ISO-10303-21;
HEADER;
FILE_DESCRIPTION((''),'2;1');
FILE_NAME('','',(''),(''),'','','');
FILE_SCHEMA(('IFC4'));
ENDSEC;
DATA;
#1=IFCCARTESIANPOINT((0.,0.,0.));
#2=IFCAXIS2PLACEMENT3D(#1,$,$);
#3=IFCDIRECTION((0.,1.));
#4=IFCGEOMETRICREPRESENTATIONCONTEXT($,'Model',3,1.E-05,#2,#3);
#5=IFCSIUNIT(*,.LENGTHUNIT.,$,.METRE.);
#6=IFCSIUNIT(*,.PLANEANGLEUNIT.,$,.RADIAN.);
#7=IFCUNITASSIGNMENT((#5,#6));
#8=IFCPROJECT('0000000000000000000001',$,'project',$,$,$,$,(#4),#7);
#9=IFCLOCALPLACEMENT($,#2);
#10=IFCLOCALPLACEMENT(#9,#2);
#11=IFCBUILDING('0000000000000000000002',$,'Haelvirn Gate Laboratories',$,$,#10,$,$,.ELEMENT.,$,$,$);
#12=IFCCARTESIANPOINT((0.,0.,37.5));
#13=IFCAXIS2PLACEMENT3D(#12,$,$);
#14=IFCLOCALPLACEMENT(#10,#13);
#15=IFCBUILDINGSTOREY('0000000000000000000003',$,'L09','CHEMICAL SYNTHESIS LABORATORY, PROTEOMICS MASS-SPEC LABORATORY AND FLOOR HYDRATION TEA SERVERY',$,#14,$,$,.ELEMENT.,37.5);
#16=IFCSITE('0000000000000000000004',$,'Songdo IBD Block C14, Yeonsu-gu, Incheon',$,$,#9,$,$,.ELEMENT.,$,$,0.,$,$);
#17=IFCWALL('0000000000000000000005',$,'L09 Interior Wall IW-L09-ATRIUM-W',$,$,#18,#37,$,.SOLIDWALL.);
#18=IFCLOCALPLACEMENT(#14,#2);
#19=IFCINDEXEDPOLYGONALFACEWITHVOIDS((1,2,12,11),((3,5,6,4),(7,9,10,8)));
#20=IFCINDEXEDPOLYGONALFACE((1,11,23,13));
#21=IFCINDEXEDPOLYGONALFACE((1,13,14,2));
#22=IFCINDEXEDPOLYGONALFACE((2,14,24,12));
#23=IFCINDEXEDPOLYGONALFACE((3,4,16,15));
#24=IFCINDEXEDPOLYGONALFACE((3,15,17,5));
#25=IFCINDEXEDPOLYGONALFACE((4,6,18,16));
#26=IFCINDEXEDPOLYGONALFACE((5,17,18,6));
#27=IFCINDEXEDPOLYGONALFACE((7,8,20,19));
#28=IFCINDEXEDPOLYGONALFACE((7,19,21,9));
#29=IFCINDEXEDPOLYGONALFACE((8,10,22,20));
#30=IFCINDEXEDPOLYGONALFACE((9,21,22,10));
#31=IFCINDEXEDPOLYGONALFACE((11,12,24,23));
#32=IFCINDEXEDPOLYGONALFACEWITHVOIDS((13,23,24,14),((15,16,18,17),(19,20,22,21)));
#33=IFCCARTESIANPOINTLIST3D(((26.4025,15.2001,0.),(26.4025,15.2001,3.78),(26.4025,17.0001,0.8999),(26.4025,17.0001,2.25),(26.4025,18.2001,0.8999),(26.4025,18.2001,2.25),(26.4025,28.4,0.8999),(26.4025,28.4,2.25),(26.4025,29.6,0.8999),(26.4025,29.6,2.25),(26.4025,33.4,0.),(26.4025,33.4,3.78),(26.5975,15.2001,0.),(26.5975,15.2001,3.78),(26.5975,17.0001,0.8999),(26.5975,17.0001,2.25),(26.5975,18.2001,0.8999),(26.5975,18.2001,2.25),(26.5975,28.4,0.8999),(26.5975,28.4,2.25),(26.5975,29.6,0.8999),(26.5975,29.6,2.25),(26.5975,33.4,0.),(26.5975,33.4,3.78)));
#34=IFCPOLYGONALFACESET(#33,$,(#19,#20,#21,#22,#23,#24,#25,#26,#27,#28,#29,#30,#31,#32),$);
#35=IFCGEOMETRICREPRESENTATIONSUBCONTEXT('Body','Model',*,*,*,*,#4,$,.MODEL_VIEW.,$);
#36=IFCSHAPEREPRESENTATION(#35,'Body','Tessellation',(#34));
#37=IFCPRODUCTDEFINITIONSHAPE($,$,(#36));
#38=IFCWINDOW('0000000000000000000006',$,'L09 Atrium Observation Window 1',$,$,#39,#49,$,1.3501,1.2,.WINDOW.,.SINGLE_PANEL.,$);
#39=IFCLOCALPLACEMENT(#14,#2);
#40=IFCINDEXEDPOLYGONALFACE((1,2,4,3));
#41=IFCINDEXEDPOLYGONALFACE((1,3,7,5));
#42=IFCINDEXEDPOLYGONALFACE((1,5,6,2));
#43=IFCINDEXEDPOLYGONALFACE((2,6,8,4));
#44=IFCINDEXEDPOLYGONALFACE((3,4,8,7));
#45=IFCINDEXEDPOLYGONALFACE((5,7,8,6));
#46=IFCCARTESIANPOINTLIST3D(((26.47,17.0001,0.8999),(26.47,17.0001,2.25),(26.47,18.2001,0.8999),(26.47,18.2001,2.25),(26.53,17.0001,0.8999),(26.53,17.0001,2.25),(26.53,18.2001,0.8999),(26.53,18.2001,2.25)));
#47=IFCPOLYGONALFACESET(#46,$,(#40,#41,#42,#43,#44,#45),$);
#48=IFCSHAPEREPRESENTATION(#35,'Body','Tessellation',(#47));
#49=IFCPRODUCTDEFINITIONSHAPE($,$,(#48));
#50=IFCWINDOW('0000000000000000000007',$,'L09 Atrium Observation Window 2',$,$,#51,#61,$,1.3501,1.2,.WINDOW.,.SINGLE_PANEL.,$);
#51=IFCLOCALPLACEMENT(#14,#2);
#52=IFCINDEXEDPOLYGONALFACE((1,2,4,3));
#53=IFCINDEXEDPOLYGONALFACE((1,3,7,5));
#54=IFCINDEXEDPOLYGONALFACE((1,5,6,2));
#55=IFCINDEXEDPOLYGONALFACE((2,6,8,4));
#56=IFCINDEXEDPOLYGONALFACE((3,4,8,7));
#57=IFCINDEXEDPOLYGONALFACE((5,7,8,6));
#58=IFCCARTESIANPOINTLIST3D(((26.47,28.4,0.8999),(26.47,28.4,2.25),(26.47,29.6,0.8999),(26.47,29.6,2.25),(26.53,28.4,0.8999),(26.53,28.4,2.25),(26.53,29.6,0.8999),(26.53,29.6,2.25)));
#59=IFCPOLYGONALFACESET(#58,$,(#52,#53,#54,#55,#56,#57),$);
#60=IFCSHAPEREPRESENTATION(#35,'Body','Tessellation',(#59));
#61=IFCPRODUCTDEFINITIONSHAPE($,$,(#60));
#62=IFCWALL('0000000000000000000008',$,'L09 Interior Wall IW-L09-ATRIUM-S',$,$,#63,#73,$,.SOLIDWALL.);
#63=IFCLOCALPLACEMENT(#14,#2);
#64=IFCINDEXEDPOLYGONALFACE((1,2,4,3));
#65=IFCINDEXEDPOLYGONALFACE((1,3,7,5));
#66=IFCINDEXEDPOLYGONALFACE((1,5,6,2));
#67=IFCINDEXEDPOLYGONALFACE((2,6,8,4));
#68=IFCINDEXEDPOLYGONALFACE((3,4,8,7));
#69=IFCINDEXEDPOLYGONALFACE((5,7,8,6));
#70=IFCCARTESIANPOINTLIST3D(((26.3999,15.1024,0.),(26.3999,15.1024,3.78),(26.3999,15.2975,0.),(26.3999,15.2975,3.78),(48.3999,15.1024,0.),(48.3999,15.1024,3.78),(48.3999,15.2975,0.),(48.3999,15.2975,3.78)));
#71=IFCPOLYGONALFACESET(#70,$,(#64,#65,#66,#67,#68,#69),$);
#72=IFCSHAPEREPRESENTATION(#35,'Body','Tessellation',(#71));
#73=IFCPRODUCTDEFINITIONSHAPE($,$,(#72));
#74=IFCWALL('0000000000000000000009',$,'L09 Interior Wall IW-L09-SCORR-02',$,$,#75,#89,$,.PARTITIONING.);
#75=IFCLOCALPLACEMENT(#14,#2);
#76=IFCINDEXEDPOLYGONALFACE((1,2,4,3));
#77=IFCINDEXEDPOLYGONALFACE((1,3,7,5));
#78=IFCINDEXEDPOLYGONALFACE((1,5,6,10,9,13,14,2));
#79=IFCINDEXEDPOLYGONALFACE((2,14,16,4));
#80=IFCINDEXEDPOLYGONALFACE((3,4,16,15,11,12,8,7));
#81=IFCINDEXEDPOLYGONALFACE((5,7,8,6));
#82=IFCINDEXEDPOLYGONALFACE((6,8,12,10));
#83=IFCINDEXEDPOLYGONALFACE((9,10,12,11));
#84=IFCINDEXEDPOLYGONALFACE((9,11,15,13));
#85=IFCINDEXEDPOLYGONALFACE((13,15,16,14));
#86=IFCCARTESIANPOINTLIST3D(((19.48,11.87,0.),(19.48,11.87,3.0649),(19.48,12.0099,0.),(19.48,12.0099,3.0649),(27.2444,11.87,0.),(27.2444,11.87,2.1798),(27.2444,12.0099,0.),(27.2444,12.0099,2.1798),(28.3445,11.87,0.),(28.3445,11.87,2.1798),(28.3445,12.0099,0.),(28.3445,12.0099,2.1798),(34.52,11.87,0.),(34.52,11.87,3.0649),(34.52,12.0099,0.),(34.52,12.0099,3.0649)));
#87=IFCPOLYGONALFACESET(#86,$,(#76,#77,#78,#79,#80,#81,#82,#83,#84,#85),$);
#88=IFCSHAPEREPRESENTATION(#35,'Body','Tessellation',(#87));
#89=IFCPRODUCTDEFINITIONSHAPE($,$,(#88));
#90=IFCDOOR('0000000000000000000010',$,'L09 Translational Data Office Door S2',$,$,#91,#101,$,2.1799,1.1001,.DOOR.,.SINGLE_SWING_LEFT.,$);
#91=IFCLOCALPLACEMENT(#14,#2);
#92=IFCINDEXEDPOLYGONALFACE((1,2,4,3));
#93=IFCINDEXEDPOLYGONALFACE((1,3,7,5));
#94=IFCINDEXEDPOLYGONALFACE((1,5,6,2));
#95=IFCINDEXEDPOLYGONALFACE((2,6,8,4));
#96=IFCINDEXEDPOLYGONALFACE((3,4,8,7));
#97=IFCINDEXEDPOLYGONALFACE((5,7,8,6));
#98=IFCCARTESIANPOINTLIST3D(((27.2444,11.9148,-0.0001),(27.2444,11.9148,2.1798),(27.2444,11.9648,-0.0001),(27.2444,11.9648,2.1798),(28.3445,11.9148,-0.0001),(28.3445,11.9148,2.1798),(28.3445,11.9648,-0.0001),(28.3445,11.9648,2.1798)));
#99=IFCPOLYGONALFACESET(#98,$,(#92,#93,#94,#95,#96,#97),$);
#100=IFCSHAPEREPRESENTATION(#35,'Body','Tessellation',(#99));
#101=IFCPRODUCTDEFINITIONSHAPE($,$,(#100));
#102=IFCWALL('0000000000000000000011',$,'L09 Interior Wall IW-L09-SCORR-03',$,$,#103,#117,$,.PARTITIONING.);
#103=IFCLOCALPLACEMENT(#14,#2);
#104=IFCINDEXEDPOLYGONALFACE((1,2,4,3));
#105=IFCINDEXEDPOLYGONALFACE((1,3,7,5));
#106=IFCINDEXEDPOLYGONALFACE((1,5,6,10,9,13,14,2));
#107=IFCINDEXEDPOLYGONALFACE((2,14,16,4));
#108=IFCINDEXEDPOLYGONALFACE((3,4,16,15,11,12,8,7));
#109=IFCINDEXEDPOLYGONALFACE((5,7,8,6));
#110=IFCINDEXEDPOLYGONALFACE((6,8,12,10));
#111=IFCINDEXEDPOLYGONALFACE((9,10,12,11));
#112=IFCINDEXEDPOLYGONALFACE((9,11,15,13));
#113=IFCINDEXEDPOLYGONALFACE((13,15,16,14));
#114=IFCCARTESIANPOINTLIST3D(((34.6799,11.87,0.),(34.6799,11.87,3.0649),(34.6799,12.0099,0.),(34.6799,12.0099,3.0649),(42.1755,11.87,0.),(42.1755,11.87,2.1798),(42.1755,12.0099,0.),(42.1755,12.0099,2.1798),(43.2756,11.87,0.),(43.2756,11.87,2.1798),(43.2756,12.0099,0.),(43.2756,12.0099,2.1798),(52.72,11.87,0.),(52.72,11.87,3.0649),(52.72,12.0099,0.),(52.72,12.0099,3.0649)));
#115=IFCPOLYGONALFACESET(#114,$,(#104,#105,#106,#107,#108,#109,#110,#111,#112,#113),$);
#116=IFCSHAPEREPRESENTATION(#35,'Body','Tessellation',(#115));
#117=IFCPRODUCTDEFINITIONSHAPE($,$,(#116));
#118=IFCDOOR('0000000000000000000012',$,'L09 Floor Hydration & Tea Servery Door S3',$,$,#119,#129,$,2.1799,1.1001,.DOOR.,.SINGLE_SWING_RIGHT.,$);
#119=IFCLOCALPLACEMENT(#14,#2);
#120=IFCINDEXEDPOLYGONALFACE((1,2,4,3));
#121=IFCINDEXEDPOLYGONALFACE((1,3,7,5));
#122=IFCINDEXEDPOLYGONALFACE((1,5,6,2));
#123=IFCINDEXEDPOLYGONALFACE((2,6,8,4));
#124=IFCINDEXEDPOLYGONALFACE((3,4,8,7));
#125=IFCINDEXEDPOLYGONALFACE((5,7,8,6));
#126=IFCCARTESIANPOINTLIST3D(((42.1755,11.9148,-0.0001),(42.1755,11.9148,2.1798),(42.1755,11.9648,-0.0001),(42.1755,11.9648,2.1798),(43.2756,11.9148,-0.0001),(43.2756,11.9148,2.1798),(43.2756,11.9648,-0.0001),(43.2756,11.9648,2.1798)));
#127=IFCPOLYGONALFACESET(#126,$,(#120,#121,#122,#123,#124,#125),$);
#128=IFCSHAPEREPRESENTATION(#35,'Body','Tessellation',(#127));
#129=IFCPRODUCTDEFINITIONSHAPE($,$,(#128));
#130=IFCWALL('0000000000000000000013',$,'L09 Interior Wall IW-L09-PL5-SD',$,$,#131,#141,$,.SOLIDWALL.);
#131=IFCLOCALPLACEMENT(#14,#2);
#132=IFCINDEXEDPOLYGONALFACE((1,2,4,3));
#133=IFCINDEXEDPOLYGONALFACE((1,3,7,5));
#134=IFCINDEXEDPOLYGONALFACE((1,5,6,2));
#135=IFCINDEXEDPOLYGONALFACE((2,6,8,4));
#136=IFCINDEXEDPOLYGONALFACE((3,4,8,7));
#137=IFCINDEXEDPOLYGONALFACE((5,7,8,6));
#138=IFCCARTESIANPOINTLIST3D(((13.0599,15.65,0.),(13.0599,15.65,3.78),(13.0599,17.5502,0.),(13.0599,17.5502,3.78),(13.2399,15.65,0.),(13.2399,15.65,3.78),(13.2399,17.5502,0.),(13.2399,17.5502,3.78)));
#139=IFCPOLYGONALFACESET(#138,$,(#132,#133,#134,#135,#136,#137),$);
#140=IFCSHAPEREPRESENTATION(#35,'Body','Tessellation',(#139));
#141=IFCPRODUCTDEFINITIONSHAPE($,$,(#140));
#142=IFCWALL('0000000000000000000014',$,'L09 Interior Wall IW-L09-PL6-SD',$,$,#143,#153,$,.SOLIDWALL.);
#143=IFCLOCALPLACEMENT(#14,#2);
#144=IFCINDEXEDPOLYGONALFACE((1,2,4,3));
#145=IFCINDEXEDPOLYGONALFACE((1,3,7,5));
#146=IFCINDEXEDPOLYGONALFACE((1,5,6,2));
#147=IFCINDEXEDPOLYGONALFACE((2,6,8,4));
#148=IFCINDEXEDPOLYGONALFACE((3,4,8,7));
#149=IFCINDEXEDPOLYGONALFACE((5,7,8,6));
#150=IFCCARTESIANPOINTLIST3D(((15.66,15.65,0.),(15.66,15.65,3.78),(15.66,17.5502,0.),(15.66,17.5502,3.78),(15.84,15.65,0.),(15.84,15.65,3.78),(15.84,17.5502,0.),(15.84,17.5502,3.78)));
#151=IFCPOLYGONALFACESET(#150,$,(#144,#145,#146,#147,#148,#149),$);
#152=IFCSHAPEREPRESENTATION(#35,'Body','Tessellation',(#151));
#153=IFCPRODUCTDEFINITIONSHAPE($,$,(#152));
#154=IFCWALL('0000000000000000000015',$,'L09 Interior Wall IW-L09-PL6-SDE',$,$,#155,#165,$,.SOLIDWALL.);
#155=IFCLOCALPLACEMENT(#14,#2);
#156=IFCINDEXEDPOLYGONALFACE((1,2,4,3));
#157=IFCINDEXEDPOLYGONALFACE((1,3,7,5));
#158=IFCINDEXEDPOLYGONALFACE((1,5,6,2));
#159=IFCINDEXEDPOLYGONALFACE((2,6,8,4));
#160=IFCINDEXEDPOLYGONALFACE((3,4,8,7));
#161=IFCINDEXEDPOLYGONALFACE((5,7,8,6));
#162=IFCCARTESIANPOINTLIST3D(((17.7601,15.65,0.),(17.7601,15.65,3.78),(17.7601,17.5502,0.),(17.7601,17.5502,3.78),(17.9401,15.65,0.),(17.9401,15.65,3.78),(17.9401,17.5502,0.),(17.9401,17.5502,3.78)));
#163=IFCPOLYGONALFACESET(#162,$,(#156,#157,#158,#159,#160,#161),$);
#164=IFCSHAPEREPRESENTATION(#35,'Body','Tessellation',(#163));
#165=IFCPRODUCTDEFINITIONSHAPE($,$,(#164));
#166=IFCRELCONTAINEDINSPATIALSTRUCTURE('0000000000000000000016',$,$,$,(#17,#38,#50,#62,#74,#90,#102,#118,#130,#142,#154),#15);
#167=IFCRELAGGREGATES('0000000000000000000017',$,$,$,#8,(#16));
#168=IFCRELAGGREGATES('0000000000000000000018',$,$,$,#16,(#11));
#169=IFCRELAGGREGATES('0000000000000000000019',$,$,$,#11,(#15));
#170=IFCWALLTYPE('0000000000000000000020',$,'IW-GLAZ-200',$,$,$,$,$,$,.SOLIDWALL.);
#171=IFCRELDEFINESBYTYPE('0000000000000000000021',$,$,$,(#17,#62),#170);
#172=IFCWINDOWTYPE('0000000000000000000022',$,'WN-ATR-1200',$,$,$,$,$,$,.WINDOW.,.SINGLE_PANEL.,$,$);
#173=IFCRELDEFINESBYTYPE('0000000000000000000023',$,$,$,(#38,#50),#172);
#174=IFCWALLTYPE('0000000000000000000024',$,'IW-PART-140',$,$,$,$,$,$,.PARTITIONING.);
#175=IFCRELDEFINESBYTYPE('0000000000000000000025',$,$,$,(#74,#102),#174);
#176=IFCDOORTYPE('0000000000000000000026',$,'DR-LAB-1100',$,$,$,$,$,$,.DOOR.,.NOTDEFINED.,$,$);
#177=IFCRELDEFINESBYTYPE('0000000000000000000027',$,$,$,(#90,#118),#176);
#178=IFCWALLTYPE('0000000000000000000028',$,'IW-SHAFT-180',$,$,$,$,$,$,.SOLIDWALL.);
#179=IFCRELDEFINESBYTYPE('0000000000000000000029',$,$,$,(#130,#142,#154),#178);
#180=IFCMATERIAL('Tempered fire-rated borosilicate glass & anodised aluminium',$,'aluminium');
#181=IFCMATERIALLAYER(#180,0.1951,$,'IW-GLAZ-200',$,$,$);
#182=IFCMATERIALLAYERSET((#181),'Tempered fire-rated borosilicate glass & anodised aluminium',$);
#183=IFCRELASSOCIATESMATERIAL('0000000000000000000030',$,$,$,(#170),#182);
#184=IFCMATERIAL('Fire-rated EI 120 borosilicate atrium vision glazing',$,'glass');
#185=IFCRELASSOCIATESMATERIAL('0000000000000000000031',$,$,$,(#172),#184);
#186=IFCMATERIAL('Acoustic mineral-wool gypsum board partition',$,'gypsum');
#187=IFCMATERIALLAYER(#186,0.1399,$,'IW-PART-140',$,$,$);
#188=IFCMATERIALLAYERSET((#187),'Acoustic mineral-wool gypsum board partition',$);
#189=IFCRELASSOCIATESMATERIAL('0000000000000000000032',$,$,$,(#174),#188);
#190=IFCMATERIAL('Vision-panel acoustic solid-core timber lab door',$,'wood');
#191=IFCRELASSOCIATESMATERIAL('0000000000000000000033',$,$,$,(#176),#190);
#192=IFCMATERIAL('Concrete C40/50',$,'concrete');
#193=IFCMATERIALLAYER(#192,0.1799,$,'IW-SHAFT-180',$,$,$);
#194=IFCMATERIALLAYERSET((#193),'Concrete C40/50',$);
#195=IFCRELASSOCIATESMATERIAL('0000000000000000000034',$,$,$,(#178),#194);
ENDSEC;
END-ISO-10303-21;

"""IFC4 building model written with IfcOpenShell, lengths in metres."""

from ifc_helpers import new_model, si_unit, direction, frame, frame_2d, origin, place, context, subcontext, project, spatial, rectangle, extrude, source, transform, mapped, material, layer, layer_set, type_object, type_shapes, element, fill, save


model = new_model("IFC4")

# Units and contexts
model_context = context("Model", 3, precision=1e-05, world=origin(), true_north=direction((0.0, 1.0)))
body_context = subcontext(model_context, "Body", "Model", "MODEL_VIEW")
ifc_project = project(units=[si_unit("LENGTHUNIT", "METRE"), si_unit("PLANEANGLEUNIT", "RADIAN")], contexts=[model_context])

# Site, building, storey
site_placement = place(None, origin())
site = spatial("IfcSite", under=ifc_project, at=site_placement, Name="Songdo IBD Block C14, Yeonsu-gu, Incheon", CompositionType="ELEMENT", RefElevation=0.0)
building_placement = place(site_placement, origin())
building = spatial("IfcBuilding", under=site, at=building_placement, Name="Haelvirn Gate Laboratories", CompositionType="ELEMENT")
storey_placement = place(building_placement, frame((0.0, 0.0, 37.5)))
storey = spatial("IfcBuildingStorey", under=building, at=storey_placement, Name="L09", Description="CHEMICAL SYNTHESIS LABORATORY, PROTEOMICS MASS-SPEC LABORATORY AND FLOOR HYDRATION TEA SERVERY", CompositionType="ELEMENT", Elevation=37.5)

# Wall, openings, windows
ifc_material_1 = material(Name="Tempered fire-rated borosilicate glass & anodised aluminium", Category="aluminium")
ifc_layer_1 = layer(ifc_material_1, 0.1951, Name="IW-GLAZ-200")
ifc_layer_set_1 = layer_set([ifc_layer_1], Name="Tempered fire-rated borosilicate glass & anodised aluminium")
wall_type_1 = type_object("IfcWallType", Name="IW-GLAZ-200", PredefinedType="SOLIDWALL", material=ifc_layer_set_1)
wall_1_placement = place(storey_placement, frame((26.5, 15.2, 0.0), z_axis=(0.0, 0.0, 1.0), x_axis=(0.0, 1.0, 0.0)))
wall_1 = element("IfcWall", 1, at=wall_1_placement, inside=storey, type_object=wall_type_1, Name="L09 Interior Wall IW-L09-ATRIUM-W", PredefinedType="SOLIDWALL", context=body_context, shape_type="SweptSolid", body=[
    extrude(rectangle(XDim=18.2, YDim=0.1951, at=frame_2d((9.1001, 0.0))), origin(), (0.0, 0.0, 1.0), 3.78),
])
opening_1_placement = place(wall_1_placement, frame((1.8, 0.0, 0.8999)))
opening_1 = element("IfcOpeningElement", 2, at=opening_1_placement, cuts=wall_1, PredefinedType="OPENING", context=body_context, shape_type="SweptSolid", body=[
    extrude(rectangle(XDim=1.2, YDim=1.3501, at=frame_2d((0.6001, 0.675))), frame((0.0, 0.1074, 0.0), z_axis=(0.0, -1.0, 0.0), x_axis=(1.0, 0.0, 0.0)), (0.0, 0.0, 1.0), 0.2151),
])
opening_2_placement = place(wall_1_placement, frame((13.2, 0.0, 0.8999)))
opening_2 = element("IfcOpeningElement", 3, at=opening_2_placement, cuts=wall_1, PredefinedType="OPENING", context=body_context, shape_type="SweptSolid", body=[
    extrude(rectangle(XDim=1.2, YDim=1.3501, at=frame_2d((0.6001, 0.675))), frame((0.0, 0.1074, 0.0), z_axis=(0.0, -1.0, 0.0), x_axis=(1.0, 0.0, 0.0)), (0.0, 0.0, 1.0), 0.2151),
])
ifc_material_2 = material(Name="Fire-rated EI 120 borosilicate atrium vision glazing", Category="glass")
window_type = type_object("IfcWindowType", Name="WN-ATR-1200", PartitioningType="SINGLE_PANEL", PredefinedType="WINDOW", material=ifc_material_2)
shared_shape_1 = source(origin(), body_context, "Body", "SweptSolid", [
    extrude(rectangle(XDim=1.2, YDim=1.3501, at=frame_2d((0.6001, 0.675))), frame((0.0, 0.03, 0.0), z_axis=(0.0, -1.0, 0.0), x_axis=(1.0, 0.0, 0.0)), (0.0, 0.0, 1.0), 0.0601),
])
type_shapes(window_type, [shared_shape_1])
window_1_placement = place(opening_1_placement, origin())
window_1 = element("IfcWindow", 4, at=window_1_placement, inside=storey, type_object=window_type, Name="L09 Atrium Observation Window 1", OverallHeight=1.3501, OverallWidth=1.2, PartitioningType="SINGLE_PANEL", PredefinedType="WINDOW", context=body_context, shape_type="MappedRepresentation", body=[
    mapped(shared_shape_1, transform((0.0, 0.0, 0.0), scale=1.0)),
])
fill(opening_1, window_1)
window_2_placement = place(opening_2_placement, origin())
window_2 = element("IfcWindow", 5, at=window_2_placement, inside=storey, type_object=window_type, Name="L09 Atrium Observation Window 2", OverallHeight=1.3501, OverallWidth=1.2, PartitioningType="SINGLE_PANEL", PredefinedType="WINDOW", context=body_context, shape_type="MappedRepresentation", body=[
    mapped(shared_shape_1, transform((0.0, 0.0, 0.0), scale=1.0)),
])
fill(opening_2, window_2)

# Wall
wall_2_placement = place(storey_placement, frame((26.3999, 15.2, 0.0), z_axis=(0.0, 0.0, 1.0), x_axis=(1.0, 0.0, 0.0)))
element("IfcWall", 6, at=wall_2_placement, inside=storey, type_object=wall_type_1, Name="L09 Interior Wall IW-L09-ATRIUM-S", PredefinedType="SOLIDWALL", context=body_context, shape_type="SweptSolid", body=[
    extrude(rectangle(XDim=22.0, YDim=0.1951, at=frame_2d((11.0, 0.0))), origin(), (0.0, 0.0, 1.0), 3.78),
])

# Walls, openings, doors
ifc_material_3 = material(Name="Acoustic mineral-wool gypsum board partition", Category="gypsum")
ifc_layer_2 = layer(ifc_material_3, 0.1399, Name="IW-PART-140")
ifc_layer_set_2 = layer_set([ifc_layer_2], Name="Acoustic mineral-wool gypsum board partition")
wall_type_2 = type_object("IfcWallType", Name="IW-PART-140", PredefinedType="PARTITIONING", material=ifc_layer_set_2)
wall_3_placement = place(storey_placement, frame((19.48, 11.9399, 0.0), z_axis=(0.0, 0.0, 1.0), x_axis=(1.0, 0.0, 0.0)))
wall_3 = element("IfcWall", 7, at=wall_3_placement, inside=storey, type_object=wall_type_2, Name="L09 Interior Wall IW-L09-SCORR-02", PredefinedType="PARTITIONING", context=body_context, shape_type="SweptSolid", body=[
    extrude(rectangle(XDim=15.04, YDim=0.1399, at=frame_2d((7.52, 0.0))), origin(), (0.0, 0.0, 1.0), 3.0649),
])
opening_3_placement = place(wall_3_placement, frame((7.7644, 0.0, 0.0)))
opening_3 = element("IfcOpeningElement", 8, at=opening_3_placement, cuts=wall_3, PredefinedType="OPENING", context=body_context, shape_type="SweptSolid", body=[
    extrude(rectangle(XDim=1.1001, YDim=2.1799, at=frame_2d((0.55, 1.0898))), frame((0.0, 0.0801, 0.0), z_axis=(0.0, -1.0, 0.0), x_axis=(1.0, 0.0, 0.0)), (0.0, 0.0, 1.0), 0.1599),
])
ifc_material_4 = material(Name="Vision-panel acoustic solid-core timber lab door", Category="wood")
door_type_1 = type_object("IfcDoorType", Name="DR-LAB-1100", OperationType="NOTDEFINED", PredefinedType="DOOR", material=ifc_material_4)
shared_shape_2 = source(origin(), body_context, "Body", "SweptSolid", [
    extrude(rectangle(XDim=1.1001, YDim=2.1799, at=frame_2d((0.55, 1.0898))), frame((0.0, 0.0249, 0.0), z_axis=(0.0, -1.0, 0.0), x_axis=(1.0, 0.0, 0.0)), (0.0, 0.0, 1.0), 0.05),
])
type_shapes(door_type_1, [shared_shape_2])
door_1_placement = place(opening_3_placement, origin())
door_1 = element("IfcDoor", 9, at=door_1_placement, inside=storey, type_object=door_type_1, Name="L09 Translational Data Office Door S2", OperationType="SINGLE_SWING_LEFT", OverallHeight=2.1799, OverallWidth=1.1001, PredefinedType="DOOR", context=body_context, shape_type="MappedRepresentation", body=[
    mapped(shared_shape_2, transform((0.0, 0.0, 0.0), scale=1.0)),
])
fill(opening_3, door_1)
wall_4_placement = place(storey_placement, frame((34.6799, 11.9399, 0.0), z_axis=(0.0, 0.0, 1.0), x_axis=(1.0, 0.0, 0.0)))
wall_4 = element("IfcWall", 10, at=wall_4_placement, inside=storey, type_object=wall_type_2, Name="L09 Interior Wall IW-L09-SCORR-03", PredefinedType="PARTITIONING", context=body_context, shape_type="SweptSolid", body=[
    extrude(rectangle(XDim=18.04, YDim=0.1399, at=frame_2d((9.02, 0.0))), origin(), (0.0, 0.0, 1.0), 3.0649),
])
opening_4_placement = place(wall_4_placement, frame((7.4956, 0.0, 0.0)))
opening_4 = element("IfcOpeningElement", 11, at=opening_4_placement, cuts=wall_4, PredefinedType="OPENING", context=body_context, shape_type="SweptSolid", body=[
    extrude(rectangle(XDim=1.1001, YDim=2.1799, at=frame_2d((0.55, 1.0898))), frame((0.0, 0.0801, 0.0), z_axis=(0.0, -1.0, 0.0), x_axis=(1.0, 0.0, 0.0)), (0.0, 0.0, 1.0), 0.1599),
])
door_2_placement = place(opening_4_placement, origin())
door_2 = element("IfcDoor", 12, at=door_2_placement, inside=storey, type_object=door_type_1, Name="L09 Floor Hydration & Tea Servery Door S3", OperationType="SINGLE_SWING_RIGHT", OverallHeight=2.1799, OverallWidth=1.1001, PredefinedType="DOOR", context=body_context, shape_type="MappedRepresentation", body=[
    mapped(shared_shape_2, transform((0.0, 0.0, 0.0), scale=1.0)),
])
fill(opening_4, door_2)

# Walls
ifc_material_5 = material(Name="Concrete C40/50", Category="concrete")
ifc_layer_3 = layer(ifc_material_5, 0.1799, Name="IW-SHAFT-180")
ifc_layer_set_3 = layer_set([ifc_layer_3], Name="Concrete C40/50")
wall_type_3 = type_object("IfcWallType", Name="IW-SHAFT-180", PredefinedType="SOLIDWALL", material=ifc_layer_set_3)
for number, where, z_axis, x_axis, name in (
    (13, (13.1499, 15.6499, 0.0), (0.0, 0.0, 1.0), (0.0, 1.0, 0.0), "L09 Interior Wall IW-L09-PL5-SD"),
    (14, (15.75, 15.6499, 0.0), (0.0, 0.0, 1.0), (0.0, 1.0, 0.0), "L09 Interior Wall IW-L09-PL6-SD"),
    (15, (17.8501, 15.6499, 0.0), (0.0, 0.0, 1.0), (0.0, 1.0, 0.0), "L09 Interior Wall IW-L09-PL6-SDE"),
):
    element("IfcWall", number, at=place(storey_placement, frame(where, z_axis=z_axis, x_axis=x_axis)), inside=storey, type_object=wall_type_3, Name=name, PredefinedType="SOLIDWALL", context=body_context, shape_type="SweptSolid", body=[
        extrude(rectangle(XDim=1.9001, YDim=0.1799, at=frame_2d((0.9502, 0.0))), origin(), (0.0, 0.0, 1.0), 3.78),
    ])

save(model, "model.ifc")
